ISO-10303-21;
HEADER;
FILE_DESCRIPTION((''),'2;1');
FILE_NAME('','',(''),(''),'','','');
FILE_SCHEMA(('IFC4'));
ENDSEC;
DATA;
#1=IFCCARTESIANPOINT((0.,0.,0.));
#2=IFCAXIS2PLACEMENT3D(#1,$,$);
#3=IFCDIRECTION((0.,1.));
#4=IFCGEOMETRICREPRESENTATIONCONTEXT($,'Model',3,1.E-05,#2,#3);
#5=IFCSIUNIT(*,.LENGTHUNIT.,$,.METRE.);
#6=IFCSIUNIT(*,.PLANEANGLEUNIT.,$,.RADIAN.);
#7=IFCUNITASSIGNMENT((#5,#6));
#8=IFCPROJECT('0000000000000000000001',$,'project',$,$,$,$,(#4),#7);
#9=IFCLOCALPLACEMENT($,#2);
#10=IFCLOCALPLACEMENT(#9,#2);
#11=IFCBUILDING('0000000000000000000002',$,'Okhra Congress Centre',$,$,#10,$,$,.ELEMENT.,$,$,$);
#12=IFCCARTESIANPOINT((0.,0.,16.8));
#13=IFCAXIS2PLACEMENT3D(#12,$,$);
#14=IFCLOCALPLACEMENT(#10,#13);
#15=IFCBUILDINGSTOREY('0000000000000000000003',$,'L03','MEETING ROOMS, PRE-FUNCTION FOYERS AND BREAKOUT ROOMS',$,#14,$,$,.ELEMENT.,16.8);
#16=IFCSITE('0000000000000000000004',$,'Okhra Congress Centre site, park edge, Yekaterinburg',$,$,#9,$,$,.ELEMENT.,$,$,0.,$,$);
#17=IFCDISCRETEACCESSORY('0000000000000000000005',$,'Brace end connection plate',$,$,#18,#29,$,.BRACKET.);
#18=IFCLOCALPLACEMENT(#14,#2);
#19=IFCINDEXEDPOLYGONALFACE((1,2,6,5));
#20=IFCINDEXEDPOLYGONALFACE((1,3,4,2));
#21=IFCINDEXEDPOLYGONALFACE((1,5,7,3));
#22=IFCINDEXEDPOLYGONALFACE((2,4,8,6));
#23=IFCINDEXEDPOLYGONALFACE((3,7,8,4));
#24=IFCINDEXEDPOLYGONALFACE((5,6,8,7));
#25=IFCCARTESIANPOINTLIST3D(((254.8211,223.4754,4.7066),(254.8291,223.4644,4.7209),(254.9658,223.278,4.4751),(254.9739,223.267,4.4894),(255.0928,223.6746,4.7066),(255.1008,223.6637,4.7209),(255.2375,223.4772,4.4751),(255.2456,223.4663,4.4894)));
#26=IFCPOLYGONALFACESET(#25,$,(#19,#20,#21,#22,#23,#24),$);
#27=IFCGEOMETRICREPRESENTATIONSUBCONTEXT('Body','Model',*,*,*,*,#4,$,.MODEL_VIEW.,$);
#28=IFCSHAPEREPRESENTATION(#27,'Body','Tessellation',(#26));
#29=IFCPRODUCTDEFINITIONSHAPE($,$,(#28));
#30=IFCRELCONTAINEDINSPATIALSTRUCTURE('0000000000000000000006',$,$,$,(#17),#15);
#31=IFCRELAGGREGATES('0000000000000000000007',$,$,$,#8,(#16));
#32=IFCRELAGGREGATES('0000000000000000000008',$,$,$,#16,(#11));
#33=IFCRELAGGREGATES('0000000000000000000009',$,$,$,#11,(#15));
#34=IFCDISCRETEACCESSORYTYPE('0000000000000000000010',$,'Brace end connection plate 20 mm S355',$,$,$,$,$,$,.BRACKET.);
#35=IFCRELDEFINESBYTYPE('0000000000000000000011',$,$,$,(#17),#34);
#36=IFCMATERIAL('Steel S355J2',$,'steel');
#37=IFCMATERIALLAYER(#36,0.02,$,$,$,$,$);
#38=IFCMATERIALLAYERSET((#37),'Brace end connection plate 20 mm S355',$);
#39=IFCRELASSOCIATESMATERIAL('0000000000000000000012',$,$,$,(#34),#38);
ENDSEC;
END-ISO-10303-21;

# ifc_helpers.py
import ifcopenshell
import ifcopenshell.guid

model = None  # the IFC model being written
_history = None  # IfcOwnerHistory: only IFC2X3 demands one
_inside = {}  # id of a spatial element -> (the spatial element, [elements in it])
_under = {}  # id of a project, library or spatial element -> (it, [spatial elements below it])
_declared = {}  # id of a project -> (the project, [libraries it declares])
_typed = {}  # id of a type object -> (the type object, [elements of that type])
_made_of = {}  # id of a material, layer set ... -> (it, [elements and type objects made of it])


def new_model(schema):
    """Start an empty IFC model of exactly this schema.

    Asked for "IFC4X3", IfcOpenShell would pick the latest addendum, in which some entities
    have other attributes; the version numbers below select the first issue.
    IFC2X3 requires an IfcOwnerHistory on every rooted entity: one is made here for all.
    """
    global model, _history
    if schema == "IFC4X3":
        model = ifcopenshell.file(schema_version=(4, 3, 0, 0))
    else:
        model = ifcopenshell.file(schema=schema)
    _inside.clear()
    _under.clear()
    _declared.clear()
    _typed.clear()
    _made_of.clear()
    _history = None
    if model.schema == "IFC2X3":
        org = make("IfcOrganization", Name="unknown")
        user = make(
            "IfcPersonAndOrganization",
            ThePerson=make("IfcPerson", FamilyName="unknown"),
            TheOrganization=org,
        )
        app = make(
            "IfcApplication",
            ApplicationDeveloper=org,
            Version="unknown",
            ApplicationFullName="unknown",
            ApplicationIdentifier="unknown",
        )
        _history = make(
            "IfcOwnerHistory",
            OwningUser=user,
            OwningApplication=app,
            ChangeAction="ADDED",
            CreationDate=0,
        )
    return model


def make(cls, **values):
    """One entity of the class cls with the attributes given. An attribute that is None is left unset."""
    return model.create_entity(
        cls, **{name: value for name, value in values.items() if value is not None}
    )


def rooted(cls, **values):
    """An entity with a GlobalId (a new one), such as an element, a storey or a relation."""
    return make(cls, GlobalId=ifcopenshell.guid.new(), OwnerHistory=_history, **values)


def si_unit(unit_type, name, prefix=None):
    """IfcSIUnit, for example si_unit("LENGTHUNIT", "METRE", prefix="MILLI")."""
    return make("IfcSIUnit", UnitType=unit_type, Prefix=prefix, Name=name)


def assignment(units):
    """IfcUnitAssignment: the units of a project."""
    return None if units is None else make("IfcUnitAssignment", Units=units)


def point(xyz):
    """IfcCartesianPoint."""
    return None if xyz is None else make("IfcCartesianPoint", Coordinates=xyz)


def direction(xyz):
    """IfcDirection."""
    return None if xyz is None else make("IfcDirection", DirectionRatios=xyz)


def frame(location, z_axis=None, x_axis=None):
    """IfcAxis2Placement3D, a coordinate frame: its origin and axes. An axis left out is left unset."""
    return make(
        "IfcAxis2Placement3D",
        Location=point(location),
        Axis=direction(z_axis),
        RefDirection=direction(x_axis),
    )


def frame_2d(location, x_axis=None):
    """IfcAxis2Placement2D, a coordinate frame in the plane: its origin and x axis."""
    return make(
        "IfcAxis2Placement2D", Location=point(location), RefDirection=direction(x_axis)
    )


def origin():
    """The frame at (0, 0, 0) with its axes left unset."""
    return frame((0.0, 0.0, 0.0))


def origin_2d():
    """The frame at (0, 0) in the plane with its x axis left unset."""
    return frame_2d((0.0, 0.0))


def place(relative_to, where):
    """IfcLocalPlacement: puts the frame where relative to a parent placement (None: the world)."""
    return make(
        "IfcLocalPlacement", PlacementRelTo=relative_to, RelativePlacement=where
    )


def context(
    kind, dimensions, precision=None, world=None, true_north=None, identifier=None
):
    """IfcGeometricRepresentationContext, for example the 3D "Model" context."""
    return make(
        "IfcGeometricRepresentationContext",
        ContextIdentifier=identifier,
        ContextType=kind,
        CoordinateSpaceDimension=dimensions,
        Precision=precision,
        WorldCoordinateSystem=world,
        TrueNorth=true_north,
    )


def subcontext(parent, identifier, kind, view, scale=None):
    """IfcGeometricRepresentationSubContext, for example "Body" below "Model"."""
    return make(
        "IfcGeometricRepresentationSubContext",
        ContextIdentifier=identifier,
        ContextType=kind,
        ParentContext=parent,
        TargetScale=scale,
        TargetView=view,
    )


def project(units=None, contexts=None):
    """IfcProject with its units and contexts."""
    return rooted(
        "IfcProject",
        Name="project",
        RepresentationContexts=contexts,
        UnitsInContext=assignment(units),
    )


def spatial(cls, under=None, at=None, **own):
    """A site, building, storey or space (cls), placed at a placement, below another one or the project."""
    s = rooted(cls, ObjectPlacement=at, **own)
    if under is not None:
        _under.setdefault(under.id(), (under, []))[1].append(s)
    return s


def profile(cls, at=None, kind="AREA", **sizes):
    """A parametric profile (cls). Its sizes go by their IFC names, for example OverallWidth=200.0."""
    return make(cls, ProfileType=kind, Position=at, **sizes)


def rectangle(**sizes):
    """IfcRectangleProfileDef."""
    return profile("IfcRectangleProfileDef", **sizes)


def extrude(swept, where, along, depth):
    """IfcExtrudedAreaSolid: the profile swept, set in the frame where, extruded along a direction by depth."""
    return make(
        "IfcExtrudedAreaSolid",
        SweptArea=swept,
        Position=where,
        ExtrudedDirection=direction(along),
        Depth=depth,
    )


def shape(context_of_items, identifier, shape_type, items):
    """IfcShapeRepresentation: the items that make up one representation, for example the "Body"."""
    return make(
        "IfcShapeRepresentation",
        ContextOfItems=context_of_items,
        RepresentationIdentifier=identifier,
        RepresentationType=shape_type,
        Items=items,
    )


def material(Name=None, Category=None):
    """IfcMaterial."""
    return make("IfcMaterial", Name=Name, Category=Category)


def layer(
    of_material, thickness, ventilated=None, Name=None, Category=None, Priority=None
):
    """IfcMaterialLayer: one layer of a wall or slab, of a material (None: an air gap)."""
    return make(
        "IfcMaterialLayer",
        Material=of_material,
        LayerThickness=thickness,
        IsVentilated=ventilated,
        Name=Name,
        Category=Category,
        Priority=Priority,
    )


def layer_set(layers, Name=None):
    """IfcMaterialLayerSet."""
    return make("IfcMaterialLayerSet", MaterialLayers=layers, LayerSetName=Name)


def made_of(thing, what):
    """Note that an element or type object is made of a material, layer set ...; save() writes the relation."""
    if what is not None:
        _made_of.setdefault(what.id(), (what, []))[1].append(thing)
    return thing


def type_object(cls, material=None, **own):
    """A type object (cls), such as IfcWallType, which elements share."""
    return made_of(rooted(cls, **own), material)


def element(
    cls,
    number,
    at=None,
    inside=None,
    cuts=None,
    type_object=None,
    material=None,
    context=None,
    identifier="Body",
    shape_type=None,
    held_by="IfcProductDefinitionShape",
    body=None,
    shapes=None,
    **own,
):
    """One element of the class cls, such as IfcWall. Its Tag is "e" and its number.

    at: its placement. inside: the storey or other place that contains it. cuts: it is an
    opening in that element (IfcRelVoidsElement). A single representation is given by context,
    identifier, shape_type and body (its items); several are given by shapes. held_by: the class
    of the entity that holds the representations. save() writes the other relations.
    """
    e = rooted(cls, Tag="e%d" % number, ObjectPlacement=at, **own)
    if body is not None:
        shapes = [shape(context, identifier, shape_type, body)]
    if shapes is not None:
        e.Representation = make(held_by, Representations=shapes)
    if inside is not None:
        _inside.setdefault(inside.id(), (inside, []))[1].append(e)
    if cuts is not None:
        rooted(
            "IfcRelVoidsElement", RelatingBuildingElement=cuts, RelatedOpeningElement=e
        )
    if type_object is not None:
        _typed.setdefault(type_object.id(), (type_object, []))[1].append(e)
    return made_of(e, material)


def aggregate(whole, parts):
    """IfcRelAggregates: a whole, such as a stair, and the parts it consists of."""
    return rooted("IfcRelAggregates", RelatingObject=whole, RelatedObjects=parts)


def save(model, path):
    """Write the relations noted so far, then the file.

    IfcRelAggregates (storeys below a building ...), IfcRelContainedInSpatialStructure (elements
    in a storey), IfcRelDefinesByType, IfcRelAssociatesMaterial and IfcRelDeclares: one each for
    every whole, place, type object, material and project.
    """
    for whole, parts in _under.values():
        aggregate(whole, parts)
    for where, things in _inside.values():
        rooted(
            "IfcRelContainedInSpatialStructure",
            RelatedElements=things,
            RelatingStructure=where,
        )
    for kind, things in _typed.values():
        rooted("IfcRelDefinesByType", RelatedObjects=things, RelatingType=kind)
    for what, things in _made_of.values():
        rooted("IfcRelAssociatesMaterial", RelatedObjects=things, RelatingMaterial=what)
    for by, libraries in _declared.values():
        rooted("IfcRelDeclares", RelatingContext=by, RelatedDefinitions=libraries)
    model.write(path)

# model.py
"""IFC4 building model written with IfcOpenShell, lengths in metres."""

from ifc_helpers import new_model, si_unit, direction, frame, origin, origin_2d, place, context, subcontext, project, spatial, rectangle, extrude, material, layer, layer_set, type_object, element, save


model = new_model("IFC4")

# Units and contexts
model_context = context("Model", 3, precision=1e-05, world=origin(), true_north=direction((0.0, 1.0)))
body_context = subcontext(model_context, "Body", "Model", "MODEL_VIEW")
ifc_project = project(units=[si_unit("LENGTHUNIT", "METRE"), si_unit("PLANEANGLEUNIT", "RADIAN")], contexts=[model_context])

# Site, building, storey
site_placement = place(None, origin())
site = spatial("IfcSite", under=ifc_project, at=site_placement, Name="Okhra Congress Centre site, park edge, Yekaterinburg", CompositionType="ELEMENT", RefElevation=0.0)
building_placement = place(site_placement, origin())
building = spatial("IfcBuilding", under=site, at=building_placement, Name="Okhra Congress Centre", CompositionType="ELEMENT")
storey_placement = place(building_placement, frame((0.0, 0.0, 16.8)))
storey = spatial("IfcBuildingStorey", under=building, at=storey_placement, Name="L03", Description="MEETING ROOMS, PRE-FUNCTION FOYERS AND BREAKOUT ROOMS", CompositionType="ELEMENT", Elevation=16.8)

# Discrete accessory
ifc_material_1 = material(Name="Steel S355J2", Category="steel")
ifc_layer_1 = layer(ifc_material_1, 0.02)
ifc_layer_set_1 = layer_set([ifc_layer_1], Name="Brace end connection plate 20 mm S355")
discrete_accessory_type = type_object("IfcDiscreteAccessoryType", Name="Brace end connection plate 20 mm S355", PredefinedType="BRACKET", material=ifc_layer_set_1)
discrete_accessory_1_placement = place(storey_placement, frame((255.0293, 223.4763, 4.5908), z_axis=(0.406356, -0.554122, 0.726515), x_axis=(0.806405, 0.591364, 0.0)))
element("IfcDiscreteAccessory", 1, at=discrete_accessory_1_placement, inside=storey, type_object=discrete_accessory_type, Name="Brace end connection plate", PredefinedType="BRACKET", context=body_context, shape_type="SweptSolid", body=[
    extrude(rectangle(XDim=0.3369, YDim=0.3369, at=origin_2d()), origin(), (0.0, 0.0, 1.0), 0.0198),
])

save(model, "model.ifc")
